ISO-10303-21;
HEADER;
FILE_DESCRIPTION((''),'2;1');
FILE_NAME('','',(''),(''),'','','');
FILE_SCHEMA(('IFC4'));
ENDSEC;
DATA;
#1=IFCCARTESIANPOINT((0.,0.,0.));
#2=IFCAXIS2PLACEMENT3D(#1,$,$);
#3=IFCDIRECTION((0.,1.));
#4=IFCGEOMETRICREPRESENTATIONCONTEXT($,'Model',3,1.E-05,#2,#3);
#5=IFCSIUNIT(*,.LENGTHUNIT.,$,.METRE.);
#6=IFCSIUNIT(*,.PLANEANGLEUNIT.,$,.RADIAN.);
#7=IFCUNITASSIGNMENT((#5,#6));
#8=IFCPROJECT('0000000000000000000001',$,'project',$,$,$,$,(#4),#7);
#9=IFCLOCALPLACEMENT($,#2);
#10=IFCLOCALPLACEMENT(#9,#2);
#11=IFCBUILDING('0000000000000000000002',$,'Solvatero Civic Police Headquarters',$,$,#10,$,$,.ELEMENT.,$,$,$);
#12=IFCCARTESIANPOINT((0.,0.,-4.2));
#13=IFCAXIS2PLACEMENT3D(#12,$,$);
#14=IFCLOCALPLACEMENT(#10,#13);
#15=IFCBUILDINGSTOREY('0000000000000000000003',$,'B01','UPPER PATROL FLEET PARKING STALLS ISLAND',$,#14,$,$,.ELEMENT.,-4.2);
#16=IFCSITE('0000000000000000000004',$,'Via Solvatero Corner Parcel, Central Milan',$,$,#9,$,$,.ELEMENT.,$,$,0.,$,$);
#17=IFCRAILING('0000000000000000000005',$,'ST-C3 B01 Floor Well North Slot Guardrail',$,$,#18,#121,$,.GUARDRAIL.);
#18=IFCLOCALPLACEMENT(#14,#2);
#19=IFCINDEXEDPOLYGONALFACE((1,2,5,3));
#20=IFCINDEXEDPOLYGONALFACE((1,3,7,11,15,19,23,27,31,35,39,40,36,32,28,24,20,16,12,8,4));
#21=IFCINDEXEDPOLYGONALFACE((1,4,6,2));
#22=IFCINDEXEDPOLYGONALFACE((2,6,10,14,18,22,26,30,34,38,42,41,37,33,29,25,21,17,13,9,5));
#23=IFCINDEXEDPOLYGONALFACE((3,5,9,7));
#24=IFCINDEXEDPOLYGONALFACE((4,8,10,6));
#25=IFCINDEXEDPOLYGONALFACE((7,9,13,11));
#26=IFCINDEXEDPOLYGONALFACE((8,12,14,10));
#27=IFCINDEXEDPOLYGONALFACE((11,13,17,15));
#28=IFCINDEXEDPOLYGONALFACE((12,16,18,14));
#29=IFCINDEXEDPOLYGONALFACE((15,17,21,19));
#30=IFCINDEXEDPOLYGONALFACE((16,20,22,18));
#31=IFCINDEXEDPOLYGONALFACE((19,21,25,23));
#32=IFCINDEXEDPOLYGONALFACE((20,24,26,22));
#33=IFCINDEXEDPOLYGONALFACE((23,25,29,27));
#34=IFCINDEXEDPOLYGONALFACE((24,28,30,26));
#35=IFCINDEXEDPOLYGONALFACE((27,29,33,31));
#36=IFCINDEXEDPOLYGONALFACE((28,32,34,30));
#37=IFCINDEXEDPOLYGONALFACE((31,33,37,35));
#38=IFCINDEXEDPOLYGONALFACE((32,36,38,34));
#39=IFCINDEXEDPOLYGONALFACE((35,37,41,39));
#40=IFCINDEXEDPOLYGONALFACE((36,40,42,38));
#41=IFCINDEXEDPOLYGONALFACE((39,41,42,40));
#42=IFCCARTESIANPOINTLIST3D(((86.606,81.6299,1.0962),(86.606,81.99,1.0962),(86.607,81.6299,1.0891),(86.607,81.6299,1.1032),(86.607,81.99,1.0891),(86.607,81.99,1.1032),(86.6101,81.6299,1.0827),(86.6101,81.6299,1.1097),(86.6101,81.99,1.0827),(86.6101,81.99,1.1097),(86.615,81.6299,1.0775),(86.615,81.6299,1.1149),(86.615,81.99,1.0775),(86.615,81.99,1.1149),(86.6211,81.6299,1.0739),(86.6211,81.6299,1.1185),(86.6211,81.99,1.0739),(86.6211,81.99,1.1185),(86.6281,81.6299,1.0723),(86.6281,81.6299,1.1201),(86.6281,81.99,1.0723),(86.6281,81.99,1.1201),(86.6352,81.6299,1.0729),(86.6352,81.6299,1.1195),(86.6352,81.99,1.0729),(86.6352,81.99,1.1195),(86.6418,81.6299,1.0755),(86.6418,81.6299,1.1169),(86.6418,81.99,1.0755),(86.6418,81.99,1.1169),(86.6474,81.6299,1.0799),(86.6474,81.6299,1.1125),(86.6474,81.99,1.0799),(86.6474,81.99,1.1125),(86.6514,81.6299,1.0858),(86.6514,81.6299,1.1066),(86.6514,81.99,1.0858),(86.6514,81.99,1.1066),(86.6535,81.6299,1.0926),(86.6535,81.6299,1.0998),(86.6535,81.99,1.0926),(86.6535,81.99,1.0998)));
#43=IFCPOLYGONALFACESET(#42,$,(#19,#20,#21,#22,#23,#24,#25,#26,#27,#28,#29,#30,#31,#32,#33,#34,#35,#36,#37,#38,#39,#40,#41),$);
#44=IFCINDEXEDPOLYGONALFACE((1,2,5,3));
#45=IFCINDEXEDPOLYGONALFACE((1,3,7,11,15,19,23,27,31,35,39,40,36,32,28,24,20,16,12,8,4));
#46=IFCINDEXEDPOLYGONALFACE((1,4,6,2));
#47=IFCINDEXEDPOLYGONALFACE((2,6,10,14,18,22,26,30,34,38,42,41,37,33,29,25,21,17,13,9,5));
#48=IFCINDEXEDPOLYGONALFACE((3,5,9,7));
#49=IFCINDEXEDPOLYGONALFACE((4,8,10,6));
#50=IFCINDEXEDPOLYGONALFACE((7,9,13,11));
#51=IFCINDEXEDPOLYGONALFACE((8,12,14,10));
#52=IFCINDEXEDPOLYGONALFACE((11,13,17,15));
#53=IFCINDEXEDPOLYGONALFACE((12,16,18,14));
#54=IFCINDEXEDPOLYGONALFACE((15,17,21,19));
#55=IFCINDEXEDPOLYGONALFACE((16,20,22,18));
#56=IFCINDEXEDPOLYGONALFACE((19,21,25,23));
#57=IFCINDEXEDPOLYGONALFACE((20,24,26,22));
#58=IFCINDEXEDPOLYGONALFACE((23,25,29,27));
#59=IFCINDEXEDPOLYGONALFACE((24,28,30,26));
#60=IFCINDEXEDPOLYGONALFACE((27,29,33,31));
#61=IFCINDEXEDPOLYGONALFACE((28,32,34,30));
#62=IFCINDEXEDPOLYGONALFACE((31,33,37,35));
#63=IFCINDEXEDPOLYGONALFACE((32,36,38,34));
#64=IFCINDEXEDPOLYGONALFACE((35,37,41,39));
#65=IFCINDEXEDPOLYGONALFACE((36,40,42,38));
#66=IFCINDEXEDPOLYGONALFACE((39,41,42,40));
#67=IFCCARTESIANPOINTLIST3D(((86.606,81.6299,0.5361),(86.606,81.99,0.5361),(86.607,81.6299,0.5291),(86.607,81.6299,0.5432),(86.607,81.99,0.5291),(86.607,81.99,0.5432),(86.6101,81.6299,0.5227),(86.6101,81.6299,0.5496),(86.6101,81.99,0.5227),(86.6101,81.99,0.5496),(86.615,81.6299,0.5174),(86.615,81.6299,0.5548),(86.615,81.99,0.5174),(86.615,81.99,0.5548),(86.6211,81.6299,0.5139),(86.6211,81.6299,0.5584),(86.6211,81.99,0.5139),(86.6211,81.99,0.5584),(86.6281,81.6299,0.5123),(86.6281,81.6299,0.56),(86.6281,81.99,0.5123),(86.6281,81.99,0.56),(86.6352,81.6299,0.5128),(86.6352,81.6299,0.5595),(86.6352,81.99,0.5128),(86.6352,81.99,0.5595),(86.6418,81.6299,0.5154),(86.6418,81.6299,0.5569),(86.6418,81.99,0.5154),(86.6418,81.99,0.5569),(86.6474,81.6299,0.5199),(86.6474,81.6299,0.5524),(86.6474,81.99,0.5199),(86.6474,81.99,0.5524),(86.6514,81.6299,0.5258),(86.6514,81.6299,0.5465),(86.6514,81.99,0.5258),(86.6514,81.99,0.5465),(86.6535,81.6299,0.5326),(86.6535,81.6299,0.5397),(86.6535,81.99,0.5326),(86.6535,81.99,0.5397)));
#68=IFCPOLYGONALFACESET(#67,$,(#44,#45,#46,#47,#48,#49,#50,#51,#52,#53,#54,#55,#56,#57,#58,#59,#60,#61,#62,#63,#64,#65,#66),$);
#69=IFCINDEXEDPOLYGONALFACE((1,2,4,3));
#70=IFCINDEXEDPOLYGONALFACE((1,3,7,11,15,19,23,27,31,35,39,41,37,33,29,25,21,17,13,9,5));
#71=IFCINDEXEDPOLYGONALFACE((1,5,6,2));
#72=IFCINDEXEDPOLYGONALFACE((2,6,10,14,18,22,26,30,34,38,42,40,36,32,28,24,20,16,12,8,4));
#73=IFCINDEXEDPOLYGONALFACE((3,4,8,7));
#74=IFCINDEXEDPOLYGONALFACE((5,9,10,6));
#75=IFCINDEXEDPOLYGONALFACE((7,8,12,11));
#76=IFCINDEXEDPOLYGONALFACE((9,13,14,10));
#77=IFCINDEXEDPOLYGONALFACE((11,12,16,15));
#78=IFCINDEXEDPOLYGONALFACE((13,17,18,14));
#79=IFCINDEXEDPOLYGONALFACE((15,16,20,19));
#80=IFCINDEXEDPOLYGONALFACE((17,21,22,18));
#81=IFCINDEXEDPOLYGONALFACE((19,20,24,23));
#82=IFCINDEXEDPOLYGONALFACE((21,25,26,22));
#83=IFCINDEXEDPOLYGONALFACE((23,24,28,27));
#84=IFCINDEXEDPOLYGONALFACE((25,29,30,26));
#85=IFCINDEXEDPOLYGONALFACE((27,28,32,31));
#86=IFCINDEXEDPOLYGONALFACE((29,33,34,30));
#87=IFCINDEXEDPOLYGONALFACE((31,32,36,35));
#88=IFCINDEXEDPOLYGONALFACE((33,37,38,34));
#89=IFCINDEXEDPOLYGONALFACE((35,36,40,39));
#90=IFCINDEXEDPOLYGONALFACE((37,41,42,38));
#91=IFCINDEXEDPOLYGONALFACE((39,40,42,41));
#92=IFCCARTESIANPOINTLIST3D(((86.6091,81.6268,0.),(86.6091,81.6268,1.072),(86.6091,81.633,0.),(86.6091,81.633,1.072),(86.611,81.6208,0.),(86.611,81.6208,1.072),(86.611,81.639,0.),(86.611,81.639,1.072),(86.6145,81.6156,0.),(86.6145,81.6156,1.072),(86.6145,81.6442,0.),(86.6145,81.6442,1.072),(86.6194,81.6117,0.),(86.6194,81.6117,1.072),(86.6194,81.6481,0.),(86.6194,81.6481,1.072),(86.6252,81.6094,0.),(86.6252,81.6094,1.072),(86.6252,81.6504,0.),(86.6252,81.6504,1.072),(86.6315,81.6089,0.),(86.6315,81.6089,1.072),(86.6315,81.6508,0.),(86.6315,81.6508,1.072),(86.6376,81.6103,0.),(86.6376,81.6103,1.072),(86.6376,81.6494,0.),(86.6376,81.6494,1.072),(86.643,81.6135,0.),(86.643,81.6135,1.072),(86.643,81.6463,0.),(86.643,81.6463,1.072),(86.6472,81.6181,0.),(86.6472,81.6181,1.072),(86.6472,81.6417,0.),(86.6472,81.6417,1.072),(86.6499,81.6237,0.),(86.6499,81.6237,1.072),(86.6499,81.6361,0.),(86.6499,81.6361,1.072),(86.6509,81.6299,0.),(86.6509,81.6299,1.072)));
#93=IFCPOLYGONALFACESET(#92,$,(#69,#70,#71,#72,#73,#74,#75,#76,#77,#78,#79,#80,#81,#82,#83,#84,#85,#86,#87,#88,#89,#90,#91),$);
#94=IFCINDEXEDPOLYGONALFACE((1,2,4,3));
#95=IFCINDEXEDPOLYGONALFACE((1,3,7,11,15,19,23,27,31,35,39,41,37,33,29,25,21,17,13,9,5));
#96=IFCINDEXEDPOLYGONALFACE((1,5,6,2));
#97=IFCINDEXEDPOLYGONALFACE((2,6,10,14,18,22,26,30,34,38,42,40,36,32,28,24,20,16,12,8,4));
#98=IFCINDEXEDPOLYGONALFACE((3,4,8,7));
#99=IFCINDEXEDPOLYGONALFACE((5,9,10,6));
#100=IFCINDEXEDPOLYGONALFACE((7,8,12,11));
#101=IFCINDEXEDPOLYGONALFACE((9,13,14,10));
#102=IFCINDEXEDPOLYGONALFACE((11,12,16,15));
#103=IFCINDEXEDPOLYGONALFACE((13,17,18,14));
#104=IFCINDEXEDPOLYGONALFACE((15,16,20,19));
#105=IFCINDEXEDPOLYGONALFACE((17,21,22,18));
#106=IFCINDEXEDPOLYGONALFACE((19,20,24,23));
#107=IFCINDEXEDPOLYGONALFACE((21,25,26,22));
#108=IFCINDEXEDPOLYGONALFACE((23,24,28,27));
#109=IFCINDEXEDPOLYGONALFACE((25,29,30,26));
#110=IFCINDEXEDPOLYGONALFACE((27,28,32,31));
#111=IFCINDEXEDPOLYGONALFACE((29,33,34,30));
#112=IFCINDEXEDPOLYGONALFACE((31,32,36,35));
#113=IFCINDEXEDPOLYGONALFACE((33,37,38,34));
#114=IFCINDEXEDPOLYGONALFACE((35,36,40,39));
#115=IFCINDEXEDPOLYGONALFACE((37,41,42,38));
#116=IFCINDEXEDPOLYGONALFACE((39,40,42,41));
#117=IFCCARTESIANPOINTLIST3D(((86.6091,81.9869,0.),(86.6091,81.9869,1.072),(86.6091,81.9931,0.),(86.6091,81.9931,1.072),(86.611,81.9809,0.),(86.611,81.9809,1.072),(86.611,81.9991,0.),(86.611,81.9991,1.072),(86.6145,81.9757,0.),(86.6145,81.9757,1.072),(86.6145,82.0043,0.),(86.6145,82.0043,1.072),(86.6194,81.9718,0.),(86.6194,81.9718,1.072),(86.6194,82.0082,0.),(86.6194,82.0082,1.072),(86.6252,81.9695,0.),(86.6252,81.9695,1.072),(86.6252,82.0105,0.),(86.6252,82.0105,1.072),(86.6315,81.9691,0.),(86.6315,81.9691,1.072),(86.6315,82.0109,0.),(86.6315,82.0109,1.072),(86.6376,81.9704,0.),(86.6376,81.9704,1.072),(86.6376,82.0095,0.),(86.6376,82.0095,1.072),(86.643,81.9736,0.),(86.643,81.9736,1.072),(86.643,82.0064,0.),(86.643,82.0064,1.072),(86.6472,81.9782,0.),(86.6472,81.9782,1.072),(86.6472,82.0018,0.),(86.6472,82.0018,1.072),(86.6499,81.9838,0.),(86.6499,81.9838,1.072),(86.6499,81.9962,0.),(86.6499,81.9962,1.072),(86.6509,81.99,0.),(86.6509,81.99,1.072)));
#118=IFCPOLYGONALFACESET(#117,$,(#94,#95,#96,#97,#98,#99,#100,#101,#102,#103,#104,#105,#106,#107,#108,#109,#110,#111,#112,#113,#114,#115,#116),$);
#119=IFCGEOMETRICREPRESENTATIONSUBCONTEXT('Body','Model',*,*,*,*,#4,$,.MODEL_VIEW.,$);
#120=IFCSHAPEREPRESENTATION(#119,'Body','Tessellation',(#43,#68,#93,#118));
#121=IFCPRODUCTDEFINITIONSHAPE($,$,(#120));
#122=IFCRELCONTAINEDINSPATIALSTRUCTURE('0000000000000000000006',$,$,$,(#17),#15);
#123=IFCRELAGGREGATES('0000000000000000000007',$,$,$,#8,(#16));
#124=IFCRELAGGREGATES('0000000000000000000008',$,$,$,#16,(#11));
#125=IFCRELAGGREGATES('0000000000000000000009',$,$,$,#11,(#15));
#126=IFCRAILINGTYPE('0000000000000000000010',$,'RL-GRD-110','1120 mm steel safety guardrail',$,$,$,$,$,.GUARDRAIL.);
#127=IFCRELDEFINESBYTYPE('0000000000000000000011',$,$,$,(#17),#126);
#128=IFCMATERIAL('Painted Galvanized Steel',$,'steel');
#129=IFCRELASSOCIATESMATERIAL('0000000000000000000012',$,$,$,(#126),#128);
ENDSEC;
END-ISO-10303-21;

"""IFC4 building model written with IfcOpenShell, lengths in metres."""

from ifc_helpers import new_model, si_unit, direction, frame, origin, origin_2d, place, context, subcontext, project, spatial, circle, extrude, material, type_object, element, save


model = new_model("IFC4")

# Units and contexts
model_context = context("Model", 3, precision=1e-05, world=origin(), true_north=direction((0.0, 1.0)))
body_context = subcontext(model_context, "Body", "Model", "MODEL_VIEW")
ifc_project = project(units=[si_unit("LENGTHUNIT", "METRE"), si_unit("PLANEANGLEUNIT", "RADIAN")], contexts=[model_context])

# Site, building, storey
site_placement = place(None, origin())
site = spatial("IfcSite", under=ifc_project, at=site_placement, Name="Via Solvatero Corner Parcel, Central Milan", CompositionType="ELEMENT", RefElevation=0.0)
building_placement = place(site_placement, origin())
building = spatial("IfcBuilding", under=site, at=building_placement, Name="Solvatero Civic Police Headquarters", CompositionType="ELEMENT")
storey_placement = place(building_placement, frame((0.0, 0.0, -4.2)))
storey = spatial("IfcBuildingStorey", under=building, at=storey_placement, Name="B01", Description="UPPER PATROL FLEET PARKING STALLS ISLAND", CompositionType="ELEMENT", Elevation=-4.2)

# Railing
ifc_material_1 = material(Name="Painted Galvanized Steel", Category="steel")
railing_type_1 = type_object("IfcRailingType", Name="RL-GRD-110", Description="1120 mm steel safety guardrail", PredefinedType="GUARDRAIL", material=ifc_material_1)
railing_1_placement = place(storey_placement, frame((86.6299, 81.6299, 0.0)))
element("IfcRailing", 1, at=railing_1_placement, inside=storey, type_object=railing_type_1, Name="ST-C3 B01 Floor Well North Slot Guardrail", PredefinedType="GUARDRAIL", context=body_context, shape_type="SweptSolid", body=[
    extrude(circle(Radius=0.0239, at=origin_2d()), frame((0.0, 0.0, 1.0962), z_axis=(0.0, 1.0, 0.0), x_axis=(-1.0, 0.0, 0.0)), (0.0, 0.0, 1.0), 0.3601),
    extrude(circle(Radius=0.0239, at=origin_2d()), frame((0.0, 0.0, 0.5361), z_axis=(0.0, 1.0, 0.0), x_axis=(-1.0, 0.0, 0.0)), (0.0, 0.0, 1.0), 0.3601),
    extrude(circle(Radius=0.021, at=origin_2d()), origin(), (0.0, 0.0, 1.0), 1.072),
    extrude(circle(Radius=0.021, at=origin_2d()), frame((0.0, 0.3601, 0.0)), (0.0, 0.0, 1.0), 1.072),
])

save(model, "model.ifc")
